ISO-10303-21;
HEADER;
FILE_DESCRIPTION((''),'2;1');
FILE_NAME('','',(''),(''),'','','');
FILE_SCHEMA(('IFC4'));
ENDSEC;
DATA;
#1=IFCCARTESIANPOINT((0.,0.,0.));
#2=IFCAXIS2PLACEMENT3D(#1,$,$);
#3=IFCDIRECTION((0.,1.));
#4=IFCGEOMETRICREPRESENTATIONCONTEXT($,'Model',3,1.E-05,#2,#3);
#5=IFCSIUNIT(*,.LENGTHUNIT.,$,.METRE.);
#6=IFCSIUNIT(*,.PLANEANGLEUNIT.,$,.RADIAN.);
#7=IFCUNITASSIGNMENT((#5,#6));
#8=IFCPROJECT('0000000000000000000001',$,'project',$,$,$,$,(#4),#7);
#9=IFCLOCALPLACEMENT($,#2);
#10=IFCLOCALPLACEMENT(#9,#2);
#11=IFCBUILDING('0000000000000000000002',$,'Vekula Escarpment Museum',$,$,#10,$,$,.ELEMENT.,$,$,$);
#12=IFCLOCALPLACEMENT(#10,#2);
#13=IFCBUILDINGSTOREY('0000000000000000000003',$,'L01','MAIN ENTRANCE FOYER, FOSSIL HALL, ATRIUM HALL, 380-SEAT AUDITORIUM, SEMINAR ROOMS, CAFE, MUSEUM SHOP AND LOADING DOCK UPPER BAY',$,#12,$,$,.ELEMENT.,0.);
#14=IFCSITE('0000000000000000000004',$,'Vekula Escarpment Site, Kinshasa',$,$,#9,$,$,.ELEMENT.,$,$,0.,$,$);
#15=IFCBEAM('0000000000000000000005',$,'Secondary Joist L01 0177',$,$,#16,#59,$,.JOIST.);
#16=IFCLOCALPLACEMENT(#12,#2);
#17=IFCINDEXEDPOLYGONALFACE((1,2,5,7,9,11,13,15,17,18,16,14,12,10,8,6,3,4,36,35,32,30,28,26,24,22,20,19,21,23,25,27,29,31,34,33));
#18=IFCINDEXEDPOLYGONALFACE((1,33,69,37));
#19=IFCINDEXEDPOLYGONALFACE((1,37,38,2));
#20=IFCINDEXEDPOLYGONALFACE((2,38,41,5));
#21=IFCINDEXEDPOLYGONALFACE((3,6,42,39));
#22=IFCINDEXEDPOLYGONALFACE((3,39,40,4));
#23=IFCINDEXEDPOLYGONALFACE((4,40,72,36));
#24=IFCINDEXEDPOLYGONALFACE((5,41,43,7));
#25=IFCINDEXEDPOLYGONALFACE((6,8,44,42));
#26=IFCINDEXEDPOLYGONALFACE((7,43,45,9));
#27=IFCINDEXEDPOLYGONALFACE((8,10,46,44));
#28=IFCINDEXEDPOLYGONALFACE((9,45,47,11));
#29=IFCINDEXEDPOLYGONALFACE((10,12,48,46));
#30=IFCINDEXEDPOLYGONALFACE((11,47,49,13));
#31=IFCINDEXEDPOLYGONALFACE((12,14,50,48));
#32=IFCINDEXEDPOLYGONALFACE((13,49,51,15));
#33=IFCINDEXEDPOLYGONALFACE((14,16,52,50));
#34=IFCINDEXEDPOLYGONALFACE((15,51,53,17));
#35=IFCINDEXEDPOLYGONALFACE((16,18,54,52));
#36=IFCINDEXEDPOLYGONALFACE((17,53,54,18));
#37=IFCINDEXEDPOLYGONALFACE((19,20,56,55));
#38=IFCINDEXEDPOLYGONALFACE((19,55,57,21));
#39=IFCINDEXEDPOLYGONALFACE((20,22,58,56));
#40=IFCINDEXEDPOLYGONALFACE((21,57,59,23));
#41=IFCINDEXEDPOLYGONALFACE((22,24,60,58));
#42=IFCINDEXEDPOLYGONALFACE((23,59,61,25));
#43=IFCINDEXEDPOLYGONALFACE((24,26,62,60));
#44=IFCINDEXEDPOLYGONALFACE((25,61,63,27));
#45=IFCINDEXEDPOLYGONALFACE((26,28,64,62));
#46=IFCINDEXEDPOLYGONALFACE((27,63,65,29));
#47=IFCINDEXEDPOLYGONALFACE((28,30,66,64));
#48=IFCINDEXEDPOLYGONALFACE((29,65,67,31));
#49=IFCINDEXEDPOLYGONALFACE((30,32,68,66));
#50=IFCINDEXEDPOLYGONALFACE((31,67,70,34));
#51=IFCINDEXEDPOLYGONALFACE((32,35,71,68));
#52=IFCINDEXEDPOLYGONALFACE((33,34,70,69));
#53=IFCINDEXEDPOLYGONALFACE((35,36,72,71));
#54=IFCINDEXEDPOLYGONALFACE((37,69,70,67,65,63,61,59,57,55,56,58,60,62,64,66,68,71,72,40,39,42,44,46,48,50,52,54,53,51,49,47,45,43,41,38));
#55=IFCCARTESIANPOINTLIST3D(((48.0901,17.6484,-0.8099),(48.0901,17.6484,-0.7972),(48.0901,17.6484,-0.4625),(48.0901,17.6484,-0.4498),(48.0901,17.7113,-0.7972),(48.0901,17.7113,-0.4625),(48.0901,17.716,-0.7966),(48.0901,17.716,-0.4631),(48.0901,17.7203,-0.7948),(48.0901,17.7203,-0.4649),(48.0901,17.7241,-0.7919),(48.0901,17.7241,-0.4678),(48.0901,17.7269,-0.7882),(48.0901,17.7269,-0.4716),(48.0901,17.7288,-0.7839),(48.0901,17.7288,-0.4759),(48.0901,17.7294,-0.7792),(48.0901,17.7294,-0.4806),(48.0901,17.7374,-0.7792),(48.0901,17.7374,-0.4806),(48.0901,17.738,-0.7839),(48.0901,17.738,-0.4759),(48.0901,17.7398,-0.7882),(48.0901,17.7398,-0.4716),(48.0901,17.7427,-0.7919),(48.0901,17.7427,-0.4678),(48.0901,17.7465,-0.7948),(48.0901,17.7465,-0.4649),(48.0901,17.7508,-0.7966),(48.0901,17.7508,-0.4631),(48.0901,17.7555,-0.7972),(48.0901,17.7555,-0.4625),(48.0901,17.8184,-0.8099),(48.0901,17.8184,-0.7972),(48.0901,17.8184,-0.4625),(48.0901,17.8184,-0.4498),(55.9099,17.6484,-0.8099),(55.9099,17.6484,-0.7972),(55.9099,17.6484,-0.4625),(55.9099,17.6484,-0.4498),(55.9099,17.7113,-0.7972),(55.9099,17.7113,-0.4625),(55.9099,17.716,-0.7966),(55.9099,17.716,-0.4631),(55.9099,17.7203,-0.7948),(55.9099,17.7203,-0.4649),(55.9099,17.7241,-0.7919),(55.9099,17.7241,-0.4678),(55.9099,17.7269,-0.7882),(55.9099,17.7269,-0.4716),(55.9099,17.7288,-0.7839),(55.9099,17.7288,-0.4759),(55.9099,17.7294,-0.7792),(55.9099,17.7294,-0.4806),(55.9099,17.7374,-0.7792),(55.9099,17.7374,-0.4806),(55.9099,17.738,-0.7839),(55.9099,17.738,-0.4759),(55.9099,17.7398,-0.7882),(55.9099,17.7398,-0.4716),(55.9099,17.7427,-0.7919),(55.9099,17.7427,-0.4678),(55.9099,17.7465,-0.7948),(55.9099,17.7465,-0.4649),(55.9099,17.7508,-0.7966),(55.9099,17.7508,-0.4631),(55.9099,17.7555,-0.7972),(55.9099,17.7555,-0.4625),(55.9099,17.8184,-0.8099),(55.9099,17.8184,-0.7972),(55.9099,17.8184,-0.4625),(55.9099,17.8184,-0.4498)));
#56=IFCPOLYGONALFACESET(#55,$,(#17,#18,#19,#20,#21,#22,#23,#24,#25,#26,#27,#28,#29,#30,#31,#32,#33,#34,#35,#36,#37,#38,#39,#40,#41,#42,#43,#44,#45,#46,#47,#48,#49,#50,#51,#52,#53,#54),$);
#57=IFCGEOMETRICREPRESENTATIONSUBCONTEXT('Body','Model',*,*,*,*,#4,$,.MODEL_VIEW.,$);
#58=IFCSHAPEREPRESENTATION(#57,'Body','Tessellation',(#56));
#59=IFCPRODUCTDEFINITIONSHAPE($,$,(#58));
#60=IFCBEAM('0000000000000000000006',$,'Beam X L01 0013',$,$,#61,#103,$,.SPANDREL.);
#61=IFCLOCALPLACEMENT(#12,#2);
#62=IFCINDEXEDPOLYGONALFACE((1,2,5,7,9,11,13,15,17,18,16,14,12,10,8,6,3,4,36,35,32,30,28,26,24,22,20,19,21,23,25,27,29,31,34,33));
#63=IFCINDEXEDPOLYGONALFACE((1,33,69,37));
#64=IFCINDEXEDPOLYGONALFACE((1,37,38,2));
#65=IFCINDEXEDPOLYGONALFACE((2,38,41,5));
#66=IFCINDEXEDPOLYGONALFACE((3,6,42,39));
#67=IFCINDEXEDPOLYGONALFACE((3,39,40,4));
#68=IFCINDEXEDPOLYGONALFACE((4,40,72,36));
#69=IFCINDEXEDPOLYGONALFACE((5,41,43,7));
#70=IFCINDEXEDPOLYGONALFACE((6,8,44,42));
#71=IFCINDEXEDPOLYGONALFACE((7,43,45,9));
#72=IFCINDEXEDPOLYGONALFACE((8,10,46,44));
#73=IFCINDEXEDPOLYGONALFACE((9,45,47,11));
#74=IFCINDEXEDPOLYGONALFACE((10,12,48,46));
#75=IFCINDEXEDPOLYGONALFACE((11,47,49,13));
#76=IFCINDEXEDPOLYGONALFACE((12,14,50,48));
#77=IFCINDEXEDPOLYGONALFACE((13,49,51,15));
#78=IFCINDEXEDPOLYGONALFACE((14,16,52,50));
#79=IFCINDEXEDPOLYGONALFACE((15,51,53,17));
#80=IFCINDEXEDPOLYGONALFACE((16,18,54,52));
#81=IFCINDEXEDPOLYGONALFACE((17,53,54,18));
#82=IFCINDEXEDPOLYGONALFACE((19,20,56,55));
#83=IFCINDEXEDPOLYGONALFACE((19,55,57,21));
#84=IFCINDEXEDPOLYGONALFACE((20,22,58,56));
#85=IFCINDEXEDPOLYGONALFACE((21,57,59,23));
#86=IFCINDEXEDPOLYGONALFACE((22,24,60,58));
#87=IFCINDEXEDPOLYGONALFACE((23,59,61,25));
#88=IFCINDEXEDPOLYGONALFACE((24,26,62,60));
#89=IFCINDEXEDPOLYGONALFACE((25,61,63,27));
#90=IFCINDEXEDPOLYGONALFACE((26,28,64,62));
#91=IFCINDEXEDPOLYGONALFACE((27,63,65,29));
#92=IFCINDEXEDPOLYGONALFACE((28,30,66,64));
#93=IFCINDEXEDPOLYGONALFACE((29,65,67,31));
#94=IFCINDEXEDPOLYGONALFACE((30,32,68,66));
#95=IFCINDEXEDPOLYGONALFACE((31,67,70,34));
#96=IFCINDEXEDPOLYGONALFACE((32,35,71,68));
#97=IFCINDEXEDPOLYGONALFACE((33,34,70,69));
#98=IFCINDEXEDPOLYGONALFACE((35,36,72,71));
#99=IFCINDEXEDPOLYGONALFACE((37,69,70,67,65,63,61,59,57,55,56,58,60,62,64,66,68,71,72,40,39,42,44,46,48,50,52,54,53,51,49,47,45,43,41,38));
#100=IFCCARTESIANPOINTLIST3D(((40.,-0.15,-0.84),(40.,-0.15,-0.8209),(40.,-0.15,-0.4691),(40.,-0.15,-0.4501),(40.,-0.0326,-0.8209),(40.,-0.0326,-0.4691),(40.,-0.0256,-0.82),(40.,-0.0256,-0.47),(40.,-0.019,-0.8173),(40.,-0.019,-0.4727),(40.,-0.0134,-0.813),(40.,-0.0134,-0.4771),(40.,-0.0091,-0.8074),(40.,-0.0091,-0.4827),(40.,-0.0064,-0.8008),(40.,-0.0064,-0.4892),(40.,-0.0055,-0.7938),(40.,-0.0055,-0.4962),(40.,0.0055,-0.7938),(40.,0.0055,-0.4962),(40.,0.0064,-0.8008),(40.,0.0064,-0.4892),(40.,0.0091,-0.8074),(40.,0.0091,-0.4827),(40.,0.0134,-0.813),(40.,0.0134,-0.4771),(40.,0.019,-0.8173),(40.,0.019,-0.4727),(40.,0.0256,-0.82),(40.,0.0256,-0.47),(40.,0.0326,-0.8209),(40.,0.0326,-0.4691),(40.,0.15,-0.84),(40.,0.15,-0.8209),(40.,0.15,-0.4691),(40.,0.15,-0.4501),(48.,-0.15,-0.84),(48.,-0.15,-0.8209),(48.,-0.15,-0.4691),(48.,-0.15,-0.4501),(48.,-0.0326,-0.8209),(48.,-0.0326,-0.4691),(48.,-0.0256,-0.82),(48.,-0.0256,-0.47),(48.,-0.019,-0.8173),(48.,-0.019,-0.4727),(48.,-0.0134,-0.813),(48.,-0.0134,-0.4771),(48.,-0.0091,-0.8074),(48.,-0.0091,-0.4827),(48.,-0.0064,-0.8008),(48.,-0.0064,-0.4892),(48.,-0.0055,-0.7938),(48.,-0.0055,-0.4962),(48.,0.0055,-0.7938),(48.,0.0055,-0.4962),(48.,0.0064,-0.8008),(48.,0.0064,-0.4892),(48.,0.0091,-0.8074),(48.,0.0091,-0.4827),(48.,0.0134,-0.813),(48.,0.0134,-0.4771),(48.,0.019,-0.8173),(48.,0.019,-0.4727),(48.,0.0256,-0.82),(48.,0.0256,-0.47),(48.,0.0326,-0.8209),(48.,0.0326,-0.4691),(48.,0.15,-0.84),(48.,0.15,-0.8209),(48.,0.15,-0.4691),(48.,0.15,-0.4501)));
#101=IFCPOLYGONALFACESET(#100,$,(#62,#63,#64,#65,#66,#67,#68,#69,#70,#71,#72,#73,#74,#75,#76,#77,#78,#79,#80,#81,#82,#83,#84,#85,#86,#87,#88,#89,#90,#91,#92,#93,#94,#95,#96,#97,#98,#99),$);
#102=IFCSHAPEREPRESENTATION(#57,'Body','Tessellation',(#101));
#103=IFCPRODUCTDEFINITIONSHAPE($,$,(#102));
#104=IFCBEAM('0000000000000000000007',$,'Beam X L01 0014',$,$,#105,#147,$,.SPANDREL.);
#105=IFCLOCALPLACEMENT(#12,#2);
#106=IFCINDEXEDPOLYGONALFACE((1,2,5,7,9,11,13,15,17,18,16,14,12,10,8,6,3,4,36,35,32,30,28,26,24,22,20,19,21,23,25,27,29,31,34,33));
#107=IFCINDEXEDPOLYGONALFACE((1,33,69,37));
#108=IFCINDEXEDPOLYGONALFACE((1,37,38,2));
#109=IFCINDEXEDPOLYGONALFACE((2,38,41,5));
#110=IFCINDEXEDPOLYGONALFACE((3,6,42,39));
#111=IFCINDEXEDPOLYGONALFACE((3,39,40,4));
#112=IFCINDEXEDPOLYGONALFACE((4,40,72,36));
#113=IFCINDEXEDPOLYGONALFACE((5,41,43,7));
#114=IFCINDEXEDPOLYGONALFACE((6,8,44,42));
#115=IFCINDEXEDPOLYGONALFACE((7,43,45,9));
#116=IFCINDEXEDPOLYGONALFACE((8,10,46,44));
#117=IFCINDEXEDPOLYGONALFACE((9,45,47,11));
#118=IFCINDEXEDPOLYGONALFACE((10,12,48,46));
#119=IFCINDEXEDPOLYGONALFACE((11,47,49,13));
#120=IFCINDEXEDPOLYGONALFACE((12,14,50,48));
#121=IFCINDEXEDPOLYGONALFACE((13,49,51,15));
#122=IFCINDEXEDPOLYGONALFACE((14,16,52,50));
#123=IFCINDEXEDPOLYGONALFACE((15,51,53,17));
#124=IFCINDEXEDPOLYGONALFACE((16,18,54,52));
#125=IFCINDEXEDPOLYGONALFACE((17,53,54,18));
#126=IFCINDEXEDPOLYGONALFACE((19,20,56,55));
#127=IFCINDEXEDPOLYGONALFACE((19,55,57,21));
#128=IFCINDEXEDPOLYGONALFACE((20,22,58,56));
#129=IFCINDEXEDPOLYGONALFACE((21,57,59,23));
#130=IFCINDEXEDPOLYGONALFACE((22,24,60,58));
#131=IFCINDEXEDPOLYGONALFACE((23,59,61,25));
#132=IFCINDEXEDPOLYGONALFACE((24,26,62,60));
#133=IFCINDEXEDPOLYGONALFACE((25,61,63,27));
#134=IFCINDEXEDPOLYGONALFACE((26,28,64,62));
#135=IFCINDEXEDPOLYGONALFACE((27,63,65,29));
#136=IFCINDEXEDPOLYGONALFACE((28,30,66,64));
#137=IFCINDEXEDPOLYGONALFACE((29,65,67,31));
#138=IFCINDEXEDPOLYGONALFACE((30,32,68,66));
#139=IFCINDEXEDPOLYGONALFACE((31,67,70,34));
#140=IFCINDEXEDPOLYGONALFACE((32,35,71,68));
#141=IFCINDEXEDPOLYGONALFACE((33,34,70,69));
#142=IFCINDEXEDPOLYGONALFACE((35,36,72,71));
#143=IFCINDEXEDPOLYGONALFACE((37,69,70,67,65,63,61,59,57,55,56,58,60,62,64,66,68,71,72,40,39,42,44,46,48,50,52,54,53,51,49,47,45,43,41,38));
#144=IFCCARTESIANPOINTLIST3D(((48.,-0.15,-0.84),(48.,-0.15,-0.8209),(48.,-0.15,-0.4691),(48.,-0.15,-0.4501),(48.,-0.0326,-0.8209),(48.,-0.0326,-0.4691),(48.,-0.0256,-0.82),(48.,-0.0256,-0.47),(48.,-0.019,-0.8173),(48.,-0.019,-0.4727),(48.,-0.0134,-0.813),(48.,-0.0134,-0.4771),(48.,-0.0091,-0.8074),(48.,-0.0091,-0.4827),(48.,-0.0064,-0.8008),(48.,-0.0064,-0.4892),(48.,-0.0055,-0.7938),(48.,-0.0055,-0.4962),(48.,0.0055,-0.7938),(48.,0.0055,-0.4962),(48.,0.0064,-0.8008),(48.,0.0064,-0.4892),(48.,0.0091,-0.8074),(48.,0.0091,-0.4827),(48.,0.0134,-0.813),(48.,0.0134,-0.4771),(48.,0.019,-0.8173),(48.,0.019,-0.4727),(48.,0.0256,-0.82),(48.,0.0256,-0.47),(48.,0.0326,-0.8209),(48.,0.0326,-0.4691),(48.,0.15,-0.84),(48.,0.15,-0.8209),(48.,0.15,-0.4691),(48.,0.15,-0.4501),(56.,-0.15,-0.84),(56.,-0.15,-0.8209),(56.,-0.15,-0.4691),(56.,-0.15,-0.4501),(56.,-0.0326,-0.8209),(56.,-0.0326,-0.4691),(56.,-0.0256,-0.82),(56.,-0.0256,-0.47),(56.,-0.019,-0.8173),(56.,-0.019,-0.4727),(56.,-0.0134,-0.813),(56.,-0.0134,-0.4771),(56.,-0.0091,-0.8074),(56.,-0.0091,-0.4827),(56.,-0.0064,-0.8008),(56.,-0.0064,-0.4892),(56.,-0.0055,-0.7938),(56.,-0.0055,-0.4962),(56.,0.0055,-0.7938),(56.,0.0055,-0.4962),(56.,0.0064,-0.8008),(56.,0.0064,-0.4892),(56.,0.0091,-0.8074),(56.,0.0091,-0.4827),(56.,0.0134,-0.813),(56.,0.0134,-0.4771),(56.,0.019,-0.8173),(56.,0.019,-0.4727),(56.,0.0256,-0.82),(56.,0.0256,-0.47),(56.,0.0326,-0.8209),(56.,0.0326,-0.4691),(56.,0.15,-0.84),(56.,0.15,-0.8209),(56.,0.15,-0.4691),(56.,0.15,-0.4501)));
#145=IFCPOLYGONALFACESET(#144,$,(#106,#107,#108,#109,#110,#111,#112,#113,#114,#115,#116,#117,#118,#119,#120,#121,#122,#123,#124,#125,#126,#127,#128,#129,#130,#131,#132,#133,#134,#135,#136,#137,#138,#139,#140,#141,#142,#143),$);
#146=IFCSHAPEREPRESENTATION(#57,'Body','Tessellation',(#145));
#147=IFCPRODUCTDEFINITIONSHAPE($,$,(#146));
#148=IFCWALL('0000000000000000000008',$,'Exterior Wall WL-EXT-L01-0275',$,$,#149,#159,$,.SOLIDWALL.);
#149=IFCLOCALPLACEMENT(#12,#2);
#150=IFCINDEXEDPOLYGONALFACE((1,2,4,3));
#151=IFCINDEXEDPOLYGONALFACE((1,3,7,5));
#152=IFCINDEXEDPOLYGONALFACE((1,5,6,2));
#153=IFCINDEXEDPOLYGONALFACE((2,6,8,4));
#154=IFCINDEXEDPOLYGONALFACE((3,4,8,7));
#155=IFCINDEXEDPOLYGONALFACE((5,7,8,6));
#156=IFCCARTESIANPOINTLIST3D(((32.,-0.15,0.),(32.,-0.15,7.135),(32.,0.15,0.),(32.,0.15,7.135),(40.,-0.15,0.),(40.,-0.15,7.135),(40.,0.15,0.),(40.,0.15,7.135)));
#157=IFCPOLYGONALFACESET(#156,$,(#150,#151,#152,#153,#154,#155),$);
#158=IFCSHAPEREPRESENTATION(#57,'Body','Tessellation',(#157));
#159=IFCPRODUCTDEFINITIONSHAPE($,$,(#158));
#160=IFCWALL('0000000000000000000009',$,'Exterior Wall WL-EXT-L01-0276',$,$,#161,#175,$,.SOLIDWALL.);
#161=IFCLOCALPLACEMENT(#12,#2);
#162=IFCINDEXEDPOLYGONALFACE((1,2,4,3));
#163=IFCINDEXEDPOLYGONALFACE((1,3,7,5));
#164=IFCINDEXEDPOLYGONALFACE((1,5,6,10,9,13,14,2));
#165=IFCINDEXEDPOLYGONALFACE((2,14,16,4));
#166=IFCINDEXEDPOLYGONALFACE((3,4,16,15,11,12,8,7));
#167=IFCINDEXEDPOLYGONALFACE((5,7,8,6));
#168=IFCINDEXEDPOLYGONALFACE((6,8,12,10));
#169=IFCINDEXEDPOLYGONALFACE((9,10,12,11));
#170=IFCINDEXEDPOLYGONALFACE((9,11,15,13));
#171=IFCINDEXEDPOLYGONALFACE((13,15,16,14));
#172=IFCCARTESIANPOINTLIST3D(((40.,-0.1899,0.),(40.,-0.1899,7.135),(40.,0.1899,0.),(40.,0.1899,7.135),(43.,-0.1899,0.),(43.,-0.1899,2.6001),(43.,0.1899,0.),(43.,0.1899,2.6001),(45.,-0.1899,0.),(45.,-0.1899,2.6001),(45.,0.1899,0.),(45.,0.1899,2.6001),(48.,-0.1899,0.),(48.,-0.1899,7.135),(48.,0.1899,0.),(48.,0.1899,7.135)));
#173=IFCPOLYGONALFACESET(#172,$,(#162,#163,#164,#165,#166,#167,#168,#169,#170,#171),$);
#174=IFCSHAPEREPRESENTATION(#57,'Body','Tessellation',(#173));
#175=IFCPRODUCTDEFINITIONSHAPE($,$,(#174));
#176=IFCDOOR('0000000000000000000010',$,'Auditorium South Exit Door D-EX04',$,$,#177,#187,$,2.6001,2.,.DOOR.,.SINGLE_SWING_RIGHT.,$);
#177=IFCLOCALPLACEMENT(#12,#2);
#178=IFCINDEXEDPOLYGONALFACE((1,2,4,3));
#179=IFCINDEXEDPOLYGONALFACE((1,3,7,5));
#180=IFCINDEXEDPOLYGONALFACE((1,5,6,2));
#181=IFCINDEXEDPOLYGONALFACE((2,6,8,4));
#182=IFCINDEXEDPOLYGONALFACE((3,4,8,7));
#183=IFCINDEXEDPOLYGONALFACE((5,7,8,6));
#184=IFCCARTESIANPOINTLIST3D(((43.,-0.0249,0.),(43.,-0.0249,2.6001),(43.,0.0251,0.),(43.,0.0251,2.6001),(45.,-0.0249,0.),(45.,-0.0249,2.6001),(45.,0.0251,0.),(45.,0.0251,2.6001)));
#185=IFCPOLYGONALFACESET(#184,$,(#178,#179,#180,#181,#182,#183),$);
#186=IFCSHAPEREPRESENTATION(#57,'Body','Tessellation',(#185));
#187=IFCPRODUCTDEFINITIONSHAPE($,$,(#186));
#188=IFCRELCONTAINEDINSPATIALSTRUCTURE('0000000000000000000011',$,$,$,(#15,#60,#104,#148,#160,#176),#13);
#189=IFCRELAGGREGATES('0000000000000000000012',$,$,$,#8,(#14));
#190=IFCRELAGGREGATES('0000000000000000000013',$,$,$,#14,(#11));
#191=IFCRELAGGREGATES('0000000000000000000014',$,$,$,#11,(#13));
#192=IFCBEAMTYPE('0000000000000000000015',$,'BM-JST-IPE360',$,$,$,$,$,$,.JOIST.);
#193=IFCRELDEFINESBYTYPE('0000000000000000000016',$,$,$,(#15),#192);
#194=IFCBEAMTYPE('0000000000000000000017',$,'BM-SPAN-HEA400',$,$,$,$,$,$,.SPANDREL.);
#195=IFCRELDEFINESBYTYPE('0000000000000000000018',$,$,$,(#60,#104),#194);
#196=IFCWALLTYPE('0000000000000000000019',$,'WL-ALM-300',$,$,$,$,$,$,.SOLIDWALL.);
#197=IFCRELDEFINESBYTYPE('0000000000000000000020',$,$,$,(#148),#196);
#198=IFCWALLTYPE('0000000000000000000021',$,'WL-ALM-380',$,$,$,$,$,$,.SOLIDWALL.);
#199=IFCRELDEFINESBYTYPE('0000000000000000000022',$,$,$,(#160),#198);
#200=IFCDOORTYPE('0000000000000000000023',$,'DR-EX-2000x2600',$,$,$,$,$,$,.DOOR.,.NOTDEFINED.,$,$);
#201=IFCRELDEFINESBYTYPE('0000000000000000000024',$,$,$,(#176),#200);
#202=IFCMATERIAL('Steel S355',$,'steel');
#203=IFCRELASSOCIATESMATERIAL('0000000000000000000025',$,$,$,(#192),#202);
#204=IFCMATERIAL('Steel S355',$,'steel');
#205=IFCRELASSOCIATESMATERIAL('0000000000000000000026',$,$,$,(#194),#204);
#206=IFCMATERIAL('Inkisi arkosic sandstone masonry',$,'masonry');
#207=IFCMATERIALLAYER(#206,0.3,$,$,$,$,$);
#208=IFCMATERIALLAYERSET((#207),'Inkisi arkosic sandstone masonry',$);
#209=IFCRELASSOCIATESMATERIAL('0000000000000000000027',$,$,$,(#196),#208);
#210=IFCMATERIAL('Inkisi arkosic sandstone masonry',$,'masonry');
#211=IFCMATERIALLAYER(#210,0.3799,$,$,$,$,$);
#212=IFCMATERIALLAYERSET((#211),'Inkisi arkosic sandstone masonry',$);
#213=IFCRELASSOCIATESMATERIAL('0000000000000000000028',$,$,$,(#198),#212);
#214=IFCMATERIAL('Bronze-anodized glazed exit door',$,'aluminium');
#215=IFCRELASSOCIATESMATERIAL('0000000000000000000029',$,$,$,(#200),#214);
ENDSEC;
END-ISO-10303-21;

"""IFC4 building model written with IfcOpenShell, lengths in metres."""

from ifc_helpers import new_model, si_unit, direction, frame, frame_2d, origin, origin_2d, place, context, subcontext, project, spatial, rectangle, i_section, extrude, material, layer, layer_set, material_profile, profile_set, type_object, element, fill, save


model = new_model("IFC4")

# Units and contexts
model_context = context("Model", 3, precision=1e-05, world=origin(), true_north=direction((0.0, 1.0)))
body_context = subcontext(model_context, "Body", "Model", "MODEL_VIEW")
ifc_project = project(units=[si_unit("LENGTHUNIT", "METRE"), si_unit("PLANEANGLEUNIT", "RADIAN")], contexts=[model_context])

# Site, building, storey
site_placement = place(None, origin())
site = spatial("IfcSite", under=ifc_project, at=site_placement, Name="Vekula Escarpment Site, Kinshasa", CompositionType="ELEMENT", RefElevation=0.0)
building_placement = place(site_placement, origin())
building = spatial("IfcBuilding", under=site, at=building_placement, Name="Vekula Escarpment Museum", CompositionType="ELEMENT")
storey_placement = place(building_placement, origin())
storey = spatial("IfcBuildingStorey", under=building, at=storey_placement, Name="L01", Description="MAIN ENTRANCE FOYER, FOSSIL HALL, ATRIUM HALL, 380-SEAT AUDITORIUM, SEMINAR ROOMS, CAFE, MUSEUM SHOP AND LOADING DOCK UPPER BAY", CompositionType="ELEMENT", Elevation=0.0)

# Beams
ifc_material_1 = material(Name="Steel S355", Category="steel")
ifc_material_profile_1 = material_profile(ifc_material_1, i_section(OverallWidth=0.1699, OverallDepth=0.3601, WebThickness=0.0081, FlangeThickness=0.0127, FilletRadius=0.0181, at=origin_2d()), Name="IPE 360")
ifc_profile_set_1 = profile_set([ifc_material_profile_1], Name="Steel S355")
beam_type_1 = type_object("IfcBeamType", Name="BM-JST-IPE360", PredefinedType="JOIST", material=ifc_profile_set_1)
beam_1_placement = place(storey_placement, frame((48.0901, 17.7334, -0.6299), z_axis=(1.0, 0.0, 0.0), x_axis=(0.0, 1.0, 0.0)))
element("IfcBeam", 1, at=beam_1_placement, inside=storey, type_object=beam_type_1, Name="Secondary Joist L01 0177", PredefinedType="JOIST", context=body_context, shape_type="SweptSolid", body=[
    extrude(i_section(OverallWidth=0.1699, OverallDepth=0.3601, WebThickness=0.0081, FlangeThickness=0.0127, FilletRadius=0.0181, at=origin_2d()), origin(), (0.0, 0.0, 1.0), 7.8198),
])
ifc_material_2 = material(Name="Steel S355", Category="steel")
ifc_material_profile_2 = material_profile(ifc_material_2, i_section(OverallWidth=0.3, OverallDepth=0.3899, WebThickness=0.011, FlangeThickness=0.019, FilletRadius=0.0271, at=origin_2d()), Name="HEA 400")
ifc_profile_set_2 = profile_set([ifc_material_profile_2], Name="Steel S355")
beam_type_2 = type_object("IfcBeamType", Name="BM-SPAN-HEA400", PredefinedType="SPANDREL", material=ifc_profile_set_2)
for number, where, z_axis, x_axis, name in (
    (2, (40.0, 0.0, -0.645), (1.0, 0.0, 0.0), (0.0, 1.0, 0.0), "Beam X L01 0013"),
    (3, (48.0, 0.0, -0.645), (1.0, 0.0, 0.0), (0.0, 1.0, 0.0), "Beam X L01 0014"),
):
    element("IfcBeam", number, at=place(storey_placement, frame(where, z_axis=z_axis, x_axis=x_axis)), inside=storey, type_object=beam_type_2, Name=name, PredefinedType="SPANDREL", context=body_context, shape_type="SweptSolid", body=[
        extrude(i_section(OverallWidth=0.3, OverallDepth=0.3899, WebThickness=0.011, FlangeThickness=0.019, FilletRadius=0.0271, at=origin_2d()), origin(), (0.0, 0.0, 1.0), 8.0),
    ])

# Wall
ifc_material_3 = material(Name="Inkisi arkosic sandstone masonry", Category="masonry")
ifc_layer_1 = layer(ifc_material_3, 0.3)
ifc_layer_set_1 = layer_set([ifc_layer_1], Name="Inkisi arkosic sandstone masonry")
wall_type_1 = type_object("IfcWallType", Name="WL-ALM-300", PredefinedType="SOLIDWALL", material=ifc_layer_set_1)
wall_1_placement = place(storey_placement, frame((40.0, 0.0, 0.0), z_axis=(0.0, 0.0, 1.0), x_axis=(-1.0, 0.0, 0.0)))
element("IfcWall", 4, at=wall_1_placement, inside=storey, type_object=wall_type_1, Name="Exterior Wall WL-EXT-L01-0275", PredefinedType="SOLIDWALL", context=body_context, shape_type="SweptSolid", body=[
    extrude(rectangle(XDim=8.0, YDim=0.3, at=frame_2d((4.0, 0.0))), origin(), (0.0, 0.0, 1.0), 7.135),
])

# Wall, opening, door
ifc_material_4 = material(Name="Inkisi arkosic sandstone masonry", Category="masonry")
ifc_layer_2 = layer(ifc_material_4, 0.3799)
ifc_layer_set_2 = layer_set([ifc_layer_2], Name="Inkisi arkosic sandstone masonry")
wall_type_2 = type_object("IfcWallType", Name="WL-ALM-380", PredefinedType="SOLIDWALL", material=ifc_layer_set_2)
wall_2_placement = place(storey_placement, frame((48.0, 0.0, 0.0), z_axis=(0.0, 0.0, 1.0), x_axis=(-1.0, 0.0, 0.0)))
wall_2 = element("IfcWall", 5, at=wall_2_placement, inside=storey, type_object=wall_type_2, Name="Exterior Wall WL-EXT-L01-0276", PredefinedType="SOLIDWALL", context=body_context, shape_type="SweptSolid", body=[
    extrude(rectangle(XDim=8.0, YDim=0.3799, at=frame_2d((4.0, 0.0))), origin(), (0.0, 0.0, 1.0), 7.135),
])
opening_1_placement = place(wall_2_placement, frame((3.0, 0.0, 0.0)))
opening_1 = element("IfcOpeningElement", 6, at=opening_1_placement, cuts=wall_2, PredefinedType="OPENING", context=body_context, shape_type="SweptSolid", body=[
    extrude(rectangle(XDim=2.0, YDim=2.6001, at=frame_2d((1.0, 1.3))), frame((0.0, 0.2, 0.0), z_axis=(0.0, -1.0, 0.0), x_axis=(1.0, 0.0, 0.0)), (0.0, 0.0, 1.0), 0.3999),
])
ifc_material_5 = material(Name="Bronze-anodized glazed exit door", Category="aluminium")
door_type_1 = type_object("IfcDoorType", Name="DR-EX-2000x2600", OperationType="NOTDEFINED", PredefinedType="DOOR", material=ifc_material_5)
door_1_placement = place(opening_1_placement, origin())
door_1 = element("IfcDoor", 7, at=door_1_placement, inside=storey, type_object=door_type_1, Name="Auditorium South Exit Door D-EX04", OperationType="SINGLE_SWING_RIGHT", OverallHeight=2.6001, OverallWidth=2.0, PredefinedType="DOOR", context=body_context, shape_type="SweptSolid", body=[
    extrude(rectangle(XDim=2.0, YDim=2.6001, at=frame_2d((1.0, 1.3))), frame((0.0, 0.0249, 0.0), z_axis=(0.0, -1.0, 0.0), x_axis=(1.0, 0.0, 0.0)), (0.0, 0.0, 1.0), 0.05),
])
fill(opening_1, door_1)

save(model, "model.ifc")
